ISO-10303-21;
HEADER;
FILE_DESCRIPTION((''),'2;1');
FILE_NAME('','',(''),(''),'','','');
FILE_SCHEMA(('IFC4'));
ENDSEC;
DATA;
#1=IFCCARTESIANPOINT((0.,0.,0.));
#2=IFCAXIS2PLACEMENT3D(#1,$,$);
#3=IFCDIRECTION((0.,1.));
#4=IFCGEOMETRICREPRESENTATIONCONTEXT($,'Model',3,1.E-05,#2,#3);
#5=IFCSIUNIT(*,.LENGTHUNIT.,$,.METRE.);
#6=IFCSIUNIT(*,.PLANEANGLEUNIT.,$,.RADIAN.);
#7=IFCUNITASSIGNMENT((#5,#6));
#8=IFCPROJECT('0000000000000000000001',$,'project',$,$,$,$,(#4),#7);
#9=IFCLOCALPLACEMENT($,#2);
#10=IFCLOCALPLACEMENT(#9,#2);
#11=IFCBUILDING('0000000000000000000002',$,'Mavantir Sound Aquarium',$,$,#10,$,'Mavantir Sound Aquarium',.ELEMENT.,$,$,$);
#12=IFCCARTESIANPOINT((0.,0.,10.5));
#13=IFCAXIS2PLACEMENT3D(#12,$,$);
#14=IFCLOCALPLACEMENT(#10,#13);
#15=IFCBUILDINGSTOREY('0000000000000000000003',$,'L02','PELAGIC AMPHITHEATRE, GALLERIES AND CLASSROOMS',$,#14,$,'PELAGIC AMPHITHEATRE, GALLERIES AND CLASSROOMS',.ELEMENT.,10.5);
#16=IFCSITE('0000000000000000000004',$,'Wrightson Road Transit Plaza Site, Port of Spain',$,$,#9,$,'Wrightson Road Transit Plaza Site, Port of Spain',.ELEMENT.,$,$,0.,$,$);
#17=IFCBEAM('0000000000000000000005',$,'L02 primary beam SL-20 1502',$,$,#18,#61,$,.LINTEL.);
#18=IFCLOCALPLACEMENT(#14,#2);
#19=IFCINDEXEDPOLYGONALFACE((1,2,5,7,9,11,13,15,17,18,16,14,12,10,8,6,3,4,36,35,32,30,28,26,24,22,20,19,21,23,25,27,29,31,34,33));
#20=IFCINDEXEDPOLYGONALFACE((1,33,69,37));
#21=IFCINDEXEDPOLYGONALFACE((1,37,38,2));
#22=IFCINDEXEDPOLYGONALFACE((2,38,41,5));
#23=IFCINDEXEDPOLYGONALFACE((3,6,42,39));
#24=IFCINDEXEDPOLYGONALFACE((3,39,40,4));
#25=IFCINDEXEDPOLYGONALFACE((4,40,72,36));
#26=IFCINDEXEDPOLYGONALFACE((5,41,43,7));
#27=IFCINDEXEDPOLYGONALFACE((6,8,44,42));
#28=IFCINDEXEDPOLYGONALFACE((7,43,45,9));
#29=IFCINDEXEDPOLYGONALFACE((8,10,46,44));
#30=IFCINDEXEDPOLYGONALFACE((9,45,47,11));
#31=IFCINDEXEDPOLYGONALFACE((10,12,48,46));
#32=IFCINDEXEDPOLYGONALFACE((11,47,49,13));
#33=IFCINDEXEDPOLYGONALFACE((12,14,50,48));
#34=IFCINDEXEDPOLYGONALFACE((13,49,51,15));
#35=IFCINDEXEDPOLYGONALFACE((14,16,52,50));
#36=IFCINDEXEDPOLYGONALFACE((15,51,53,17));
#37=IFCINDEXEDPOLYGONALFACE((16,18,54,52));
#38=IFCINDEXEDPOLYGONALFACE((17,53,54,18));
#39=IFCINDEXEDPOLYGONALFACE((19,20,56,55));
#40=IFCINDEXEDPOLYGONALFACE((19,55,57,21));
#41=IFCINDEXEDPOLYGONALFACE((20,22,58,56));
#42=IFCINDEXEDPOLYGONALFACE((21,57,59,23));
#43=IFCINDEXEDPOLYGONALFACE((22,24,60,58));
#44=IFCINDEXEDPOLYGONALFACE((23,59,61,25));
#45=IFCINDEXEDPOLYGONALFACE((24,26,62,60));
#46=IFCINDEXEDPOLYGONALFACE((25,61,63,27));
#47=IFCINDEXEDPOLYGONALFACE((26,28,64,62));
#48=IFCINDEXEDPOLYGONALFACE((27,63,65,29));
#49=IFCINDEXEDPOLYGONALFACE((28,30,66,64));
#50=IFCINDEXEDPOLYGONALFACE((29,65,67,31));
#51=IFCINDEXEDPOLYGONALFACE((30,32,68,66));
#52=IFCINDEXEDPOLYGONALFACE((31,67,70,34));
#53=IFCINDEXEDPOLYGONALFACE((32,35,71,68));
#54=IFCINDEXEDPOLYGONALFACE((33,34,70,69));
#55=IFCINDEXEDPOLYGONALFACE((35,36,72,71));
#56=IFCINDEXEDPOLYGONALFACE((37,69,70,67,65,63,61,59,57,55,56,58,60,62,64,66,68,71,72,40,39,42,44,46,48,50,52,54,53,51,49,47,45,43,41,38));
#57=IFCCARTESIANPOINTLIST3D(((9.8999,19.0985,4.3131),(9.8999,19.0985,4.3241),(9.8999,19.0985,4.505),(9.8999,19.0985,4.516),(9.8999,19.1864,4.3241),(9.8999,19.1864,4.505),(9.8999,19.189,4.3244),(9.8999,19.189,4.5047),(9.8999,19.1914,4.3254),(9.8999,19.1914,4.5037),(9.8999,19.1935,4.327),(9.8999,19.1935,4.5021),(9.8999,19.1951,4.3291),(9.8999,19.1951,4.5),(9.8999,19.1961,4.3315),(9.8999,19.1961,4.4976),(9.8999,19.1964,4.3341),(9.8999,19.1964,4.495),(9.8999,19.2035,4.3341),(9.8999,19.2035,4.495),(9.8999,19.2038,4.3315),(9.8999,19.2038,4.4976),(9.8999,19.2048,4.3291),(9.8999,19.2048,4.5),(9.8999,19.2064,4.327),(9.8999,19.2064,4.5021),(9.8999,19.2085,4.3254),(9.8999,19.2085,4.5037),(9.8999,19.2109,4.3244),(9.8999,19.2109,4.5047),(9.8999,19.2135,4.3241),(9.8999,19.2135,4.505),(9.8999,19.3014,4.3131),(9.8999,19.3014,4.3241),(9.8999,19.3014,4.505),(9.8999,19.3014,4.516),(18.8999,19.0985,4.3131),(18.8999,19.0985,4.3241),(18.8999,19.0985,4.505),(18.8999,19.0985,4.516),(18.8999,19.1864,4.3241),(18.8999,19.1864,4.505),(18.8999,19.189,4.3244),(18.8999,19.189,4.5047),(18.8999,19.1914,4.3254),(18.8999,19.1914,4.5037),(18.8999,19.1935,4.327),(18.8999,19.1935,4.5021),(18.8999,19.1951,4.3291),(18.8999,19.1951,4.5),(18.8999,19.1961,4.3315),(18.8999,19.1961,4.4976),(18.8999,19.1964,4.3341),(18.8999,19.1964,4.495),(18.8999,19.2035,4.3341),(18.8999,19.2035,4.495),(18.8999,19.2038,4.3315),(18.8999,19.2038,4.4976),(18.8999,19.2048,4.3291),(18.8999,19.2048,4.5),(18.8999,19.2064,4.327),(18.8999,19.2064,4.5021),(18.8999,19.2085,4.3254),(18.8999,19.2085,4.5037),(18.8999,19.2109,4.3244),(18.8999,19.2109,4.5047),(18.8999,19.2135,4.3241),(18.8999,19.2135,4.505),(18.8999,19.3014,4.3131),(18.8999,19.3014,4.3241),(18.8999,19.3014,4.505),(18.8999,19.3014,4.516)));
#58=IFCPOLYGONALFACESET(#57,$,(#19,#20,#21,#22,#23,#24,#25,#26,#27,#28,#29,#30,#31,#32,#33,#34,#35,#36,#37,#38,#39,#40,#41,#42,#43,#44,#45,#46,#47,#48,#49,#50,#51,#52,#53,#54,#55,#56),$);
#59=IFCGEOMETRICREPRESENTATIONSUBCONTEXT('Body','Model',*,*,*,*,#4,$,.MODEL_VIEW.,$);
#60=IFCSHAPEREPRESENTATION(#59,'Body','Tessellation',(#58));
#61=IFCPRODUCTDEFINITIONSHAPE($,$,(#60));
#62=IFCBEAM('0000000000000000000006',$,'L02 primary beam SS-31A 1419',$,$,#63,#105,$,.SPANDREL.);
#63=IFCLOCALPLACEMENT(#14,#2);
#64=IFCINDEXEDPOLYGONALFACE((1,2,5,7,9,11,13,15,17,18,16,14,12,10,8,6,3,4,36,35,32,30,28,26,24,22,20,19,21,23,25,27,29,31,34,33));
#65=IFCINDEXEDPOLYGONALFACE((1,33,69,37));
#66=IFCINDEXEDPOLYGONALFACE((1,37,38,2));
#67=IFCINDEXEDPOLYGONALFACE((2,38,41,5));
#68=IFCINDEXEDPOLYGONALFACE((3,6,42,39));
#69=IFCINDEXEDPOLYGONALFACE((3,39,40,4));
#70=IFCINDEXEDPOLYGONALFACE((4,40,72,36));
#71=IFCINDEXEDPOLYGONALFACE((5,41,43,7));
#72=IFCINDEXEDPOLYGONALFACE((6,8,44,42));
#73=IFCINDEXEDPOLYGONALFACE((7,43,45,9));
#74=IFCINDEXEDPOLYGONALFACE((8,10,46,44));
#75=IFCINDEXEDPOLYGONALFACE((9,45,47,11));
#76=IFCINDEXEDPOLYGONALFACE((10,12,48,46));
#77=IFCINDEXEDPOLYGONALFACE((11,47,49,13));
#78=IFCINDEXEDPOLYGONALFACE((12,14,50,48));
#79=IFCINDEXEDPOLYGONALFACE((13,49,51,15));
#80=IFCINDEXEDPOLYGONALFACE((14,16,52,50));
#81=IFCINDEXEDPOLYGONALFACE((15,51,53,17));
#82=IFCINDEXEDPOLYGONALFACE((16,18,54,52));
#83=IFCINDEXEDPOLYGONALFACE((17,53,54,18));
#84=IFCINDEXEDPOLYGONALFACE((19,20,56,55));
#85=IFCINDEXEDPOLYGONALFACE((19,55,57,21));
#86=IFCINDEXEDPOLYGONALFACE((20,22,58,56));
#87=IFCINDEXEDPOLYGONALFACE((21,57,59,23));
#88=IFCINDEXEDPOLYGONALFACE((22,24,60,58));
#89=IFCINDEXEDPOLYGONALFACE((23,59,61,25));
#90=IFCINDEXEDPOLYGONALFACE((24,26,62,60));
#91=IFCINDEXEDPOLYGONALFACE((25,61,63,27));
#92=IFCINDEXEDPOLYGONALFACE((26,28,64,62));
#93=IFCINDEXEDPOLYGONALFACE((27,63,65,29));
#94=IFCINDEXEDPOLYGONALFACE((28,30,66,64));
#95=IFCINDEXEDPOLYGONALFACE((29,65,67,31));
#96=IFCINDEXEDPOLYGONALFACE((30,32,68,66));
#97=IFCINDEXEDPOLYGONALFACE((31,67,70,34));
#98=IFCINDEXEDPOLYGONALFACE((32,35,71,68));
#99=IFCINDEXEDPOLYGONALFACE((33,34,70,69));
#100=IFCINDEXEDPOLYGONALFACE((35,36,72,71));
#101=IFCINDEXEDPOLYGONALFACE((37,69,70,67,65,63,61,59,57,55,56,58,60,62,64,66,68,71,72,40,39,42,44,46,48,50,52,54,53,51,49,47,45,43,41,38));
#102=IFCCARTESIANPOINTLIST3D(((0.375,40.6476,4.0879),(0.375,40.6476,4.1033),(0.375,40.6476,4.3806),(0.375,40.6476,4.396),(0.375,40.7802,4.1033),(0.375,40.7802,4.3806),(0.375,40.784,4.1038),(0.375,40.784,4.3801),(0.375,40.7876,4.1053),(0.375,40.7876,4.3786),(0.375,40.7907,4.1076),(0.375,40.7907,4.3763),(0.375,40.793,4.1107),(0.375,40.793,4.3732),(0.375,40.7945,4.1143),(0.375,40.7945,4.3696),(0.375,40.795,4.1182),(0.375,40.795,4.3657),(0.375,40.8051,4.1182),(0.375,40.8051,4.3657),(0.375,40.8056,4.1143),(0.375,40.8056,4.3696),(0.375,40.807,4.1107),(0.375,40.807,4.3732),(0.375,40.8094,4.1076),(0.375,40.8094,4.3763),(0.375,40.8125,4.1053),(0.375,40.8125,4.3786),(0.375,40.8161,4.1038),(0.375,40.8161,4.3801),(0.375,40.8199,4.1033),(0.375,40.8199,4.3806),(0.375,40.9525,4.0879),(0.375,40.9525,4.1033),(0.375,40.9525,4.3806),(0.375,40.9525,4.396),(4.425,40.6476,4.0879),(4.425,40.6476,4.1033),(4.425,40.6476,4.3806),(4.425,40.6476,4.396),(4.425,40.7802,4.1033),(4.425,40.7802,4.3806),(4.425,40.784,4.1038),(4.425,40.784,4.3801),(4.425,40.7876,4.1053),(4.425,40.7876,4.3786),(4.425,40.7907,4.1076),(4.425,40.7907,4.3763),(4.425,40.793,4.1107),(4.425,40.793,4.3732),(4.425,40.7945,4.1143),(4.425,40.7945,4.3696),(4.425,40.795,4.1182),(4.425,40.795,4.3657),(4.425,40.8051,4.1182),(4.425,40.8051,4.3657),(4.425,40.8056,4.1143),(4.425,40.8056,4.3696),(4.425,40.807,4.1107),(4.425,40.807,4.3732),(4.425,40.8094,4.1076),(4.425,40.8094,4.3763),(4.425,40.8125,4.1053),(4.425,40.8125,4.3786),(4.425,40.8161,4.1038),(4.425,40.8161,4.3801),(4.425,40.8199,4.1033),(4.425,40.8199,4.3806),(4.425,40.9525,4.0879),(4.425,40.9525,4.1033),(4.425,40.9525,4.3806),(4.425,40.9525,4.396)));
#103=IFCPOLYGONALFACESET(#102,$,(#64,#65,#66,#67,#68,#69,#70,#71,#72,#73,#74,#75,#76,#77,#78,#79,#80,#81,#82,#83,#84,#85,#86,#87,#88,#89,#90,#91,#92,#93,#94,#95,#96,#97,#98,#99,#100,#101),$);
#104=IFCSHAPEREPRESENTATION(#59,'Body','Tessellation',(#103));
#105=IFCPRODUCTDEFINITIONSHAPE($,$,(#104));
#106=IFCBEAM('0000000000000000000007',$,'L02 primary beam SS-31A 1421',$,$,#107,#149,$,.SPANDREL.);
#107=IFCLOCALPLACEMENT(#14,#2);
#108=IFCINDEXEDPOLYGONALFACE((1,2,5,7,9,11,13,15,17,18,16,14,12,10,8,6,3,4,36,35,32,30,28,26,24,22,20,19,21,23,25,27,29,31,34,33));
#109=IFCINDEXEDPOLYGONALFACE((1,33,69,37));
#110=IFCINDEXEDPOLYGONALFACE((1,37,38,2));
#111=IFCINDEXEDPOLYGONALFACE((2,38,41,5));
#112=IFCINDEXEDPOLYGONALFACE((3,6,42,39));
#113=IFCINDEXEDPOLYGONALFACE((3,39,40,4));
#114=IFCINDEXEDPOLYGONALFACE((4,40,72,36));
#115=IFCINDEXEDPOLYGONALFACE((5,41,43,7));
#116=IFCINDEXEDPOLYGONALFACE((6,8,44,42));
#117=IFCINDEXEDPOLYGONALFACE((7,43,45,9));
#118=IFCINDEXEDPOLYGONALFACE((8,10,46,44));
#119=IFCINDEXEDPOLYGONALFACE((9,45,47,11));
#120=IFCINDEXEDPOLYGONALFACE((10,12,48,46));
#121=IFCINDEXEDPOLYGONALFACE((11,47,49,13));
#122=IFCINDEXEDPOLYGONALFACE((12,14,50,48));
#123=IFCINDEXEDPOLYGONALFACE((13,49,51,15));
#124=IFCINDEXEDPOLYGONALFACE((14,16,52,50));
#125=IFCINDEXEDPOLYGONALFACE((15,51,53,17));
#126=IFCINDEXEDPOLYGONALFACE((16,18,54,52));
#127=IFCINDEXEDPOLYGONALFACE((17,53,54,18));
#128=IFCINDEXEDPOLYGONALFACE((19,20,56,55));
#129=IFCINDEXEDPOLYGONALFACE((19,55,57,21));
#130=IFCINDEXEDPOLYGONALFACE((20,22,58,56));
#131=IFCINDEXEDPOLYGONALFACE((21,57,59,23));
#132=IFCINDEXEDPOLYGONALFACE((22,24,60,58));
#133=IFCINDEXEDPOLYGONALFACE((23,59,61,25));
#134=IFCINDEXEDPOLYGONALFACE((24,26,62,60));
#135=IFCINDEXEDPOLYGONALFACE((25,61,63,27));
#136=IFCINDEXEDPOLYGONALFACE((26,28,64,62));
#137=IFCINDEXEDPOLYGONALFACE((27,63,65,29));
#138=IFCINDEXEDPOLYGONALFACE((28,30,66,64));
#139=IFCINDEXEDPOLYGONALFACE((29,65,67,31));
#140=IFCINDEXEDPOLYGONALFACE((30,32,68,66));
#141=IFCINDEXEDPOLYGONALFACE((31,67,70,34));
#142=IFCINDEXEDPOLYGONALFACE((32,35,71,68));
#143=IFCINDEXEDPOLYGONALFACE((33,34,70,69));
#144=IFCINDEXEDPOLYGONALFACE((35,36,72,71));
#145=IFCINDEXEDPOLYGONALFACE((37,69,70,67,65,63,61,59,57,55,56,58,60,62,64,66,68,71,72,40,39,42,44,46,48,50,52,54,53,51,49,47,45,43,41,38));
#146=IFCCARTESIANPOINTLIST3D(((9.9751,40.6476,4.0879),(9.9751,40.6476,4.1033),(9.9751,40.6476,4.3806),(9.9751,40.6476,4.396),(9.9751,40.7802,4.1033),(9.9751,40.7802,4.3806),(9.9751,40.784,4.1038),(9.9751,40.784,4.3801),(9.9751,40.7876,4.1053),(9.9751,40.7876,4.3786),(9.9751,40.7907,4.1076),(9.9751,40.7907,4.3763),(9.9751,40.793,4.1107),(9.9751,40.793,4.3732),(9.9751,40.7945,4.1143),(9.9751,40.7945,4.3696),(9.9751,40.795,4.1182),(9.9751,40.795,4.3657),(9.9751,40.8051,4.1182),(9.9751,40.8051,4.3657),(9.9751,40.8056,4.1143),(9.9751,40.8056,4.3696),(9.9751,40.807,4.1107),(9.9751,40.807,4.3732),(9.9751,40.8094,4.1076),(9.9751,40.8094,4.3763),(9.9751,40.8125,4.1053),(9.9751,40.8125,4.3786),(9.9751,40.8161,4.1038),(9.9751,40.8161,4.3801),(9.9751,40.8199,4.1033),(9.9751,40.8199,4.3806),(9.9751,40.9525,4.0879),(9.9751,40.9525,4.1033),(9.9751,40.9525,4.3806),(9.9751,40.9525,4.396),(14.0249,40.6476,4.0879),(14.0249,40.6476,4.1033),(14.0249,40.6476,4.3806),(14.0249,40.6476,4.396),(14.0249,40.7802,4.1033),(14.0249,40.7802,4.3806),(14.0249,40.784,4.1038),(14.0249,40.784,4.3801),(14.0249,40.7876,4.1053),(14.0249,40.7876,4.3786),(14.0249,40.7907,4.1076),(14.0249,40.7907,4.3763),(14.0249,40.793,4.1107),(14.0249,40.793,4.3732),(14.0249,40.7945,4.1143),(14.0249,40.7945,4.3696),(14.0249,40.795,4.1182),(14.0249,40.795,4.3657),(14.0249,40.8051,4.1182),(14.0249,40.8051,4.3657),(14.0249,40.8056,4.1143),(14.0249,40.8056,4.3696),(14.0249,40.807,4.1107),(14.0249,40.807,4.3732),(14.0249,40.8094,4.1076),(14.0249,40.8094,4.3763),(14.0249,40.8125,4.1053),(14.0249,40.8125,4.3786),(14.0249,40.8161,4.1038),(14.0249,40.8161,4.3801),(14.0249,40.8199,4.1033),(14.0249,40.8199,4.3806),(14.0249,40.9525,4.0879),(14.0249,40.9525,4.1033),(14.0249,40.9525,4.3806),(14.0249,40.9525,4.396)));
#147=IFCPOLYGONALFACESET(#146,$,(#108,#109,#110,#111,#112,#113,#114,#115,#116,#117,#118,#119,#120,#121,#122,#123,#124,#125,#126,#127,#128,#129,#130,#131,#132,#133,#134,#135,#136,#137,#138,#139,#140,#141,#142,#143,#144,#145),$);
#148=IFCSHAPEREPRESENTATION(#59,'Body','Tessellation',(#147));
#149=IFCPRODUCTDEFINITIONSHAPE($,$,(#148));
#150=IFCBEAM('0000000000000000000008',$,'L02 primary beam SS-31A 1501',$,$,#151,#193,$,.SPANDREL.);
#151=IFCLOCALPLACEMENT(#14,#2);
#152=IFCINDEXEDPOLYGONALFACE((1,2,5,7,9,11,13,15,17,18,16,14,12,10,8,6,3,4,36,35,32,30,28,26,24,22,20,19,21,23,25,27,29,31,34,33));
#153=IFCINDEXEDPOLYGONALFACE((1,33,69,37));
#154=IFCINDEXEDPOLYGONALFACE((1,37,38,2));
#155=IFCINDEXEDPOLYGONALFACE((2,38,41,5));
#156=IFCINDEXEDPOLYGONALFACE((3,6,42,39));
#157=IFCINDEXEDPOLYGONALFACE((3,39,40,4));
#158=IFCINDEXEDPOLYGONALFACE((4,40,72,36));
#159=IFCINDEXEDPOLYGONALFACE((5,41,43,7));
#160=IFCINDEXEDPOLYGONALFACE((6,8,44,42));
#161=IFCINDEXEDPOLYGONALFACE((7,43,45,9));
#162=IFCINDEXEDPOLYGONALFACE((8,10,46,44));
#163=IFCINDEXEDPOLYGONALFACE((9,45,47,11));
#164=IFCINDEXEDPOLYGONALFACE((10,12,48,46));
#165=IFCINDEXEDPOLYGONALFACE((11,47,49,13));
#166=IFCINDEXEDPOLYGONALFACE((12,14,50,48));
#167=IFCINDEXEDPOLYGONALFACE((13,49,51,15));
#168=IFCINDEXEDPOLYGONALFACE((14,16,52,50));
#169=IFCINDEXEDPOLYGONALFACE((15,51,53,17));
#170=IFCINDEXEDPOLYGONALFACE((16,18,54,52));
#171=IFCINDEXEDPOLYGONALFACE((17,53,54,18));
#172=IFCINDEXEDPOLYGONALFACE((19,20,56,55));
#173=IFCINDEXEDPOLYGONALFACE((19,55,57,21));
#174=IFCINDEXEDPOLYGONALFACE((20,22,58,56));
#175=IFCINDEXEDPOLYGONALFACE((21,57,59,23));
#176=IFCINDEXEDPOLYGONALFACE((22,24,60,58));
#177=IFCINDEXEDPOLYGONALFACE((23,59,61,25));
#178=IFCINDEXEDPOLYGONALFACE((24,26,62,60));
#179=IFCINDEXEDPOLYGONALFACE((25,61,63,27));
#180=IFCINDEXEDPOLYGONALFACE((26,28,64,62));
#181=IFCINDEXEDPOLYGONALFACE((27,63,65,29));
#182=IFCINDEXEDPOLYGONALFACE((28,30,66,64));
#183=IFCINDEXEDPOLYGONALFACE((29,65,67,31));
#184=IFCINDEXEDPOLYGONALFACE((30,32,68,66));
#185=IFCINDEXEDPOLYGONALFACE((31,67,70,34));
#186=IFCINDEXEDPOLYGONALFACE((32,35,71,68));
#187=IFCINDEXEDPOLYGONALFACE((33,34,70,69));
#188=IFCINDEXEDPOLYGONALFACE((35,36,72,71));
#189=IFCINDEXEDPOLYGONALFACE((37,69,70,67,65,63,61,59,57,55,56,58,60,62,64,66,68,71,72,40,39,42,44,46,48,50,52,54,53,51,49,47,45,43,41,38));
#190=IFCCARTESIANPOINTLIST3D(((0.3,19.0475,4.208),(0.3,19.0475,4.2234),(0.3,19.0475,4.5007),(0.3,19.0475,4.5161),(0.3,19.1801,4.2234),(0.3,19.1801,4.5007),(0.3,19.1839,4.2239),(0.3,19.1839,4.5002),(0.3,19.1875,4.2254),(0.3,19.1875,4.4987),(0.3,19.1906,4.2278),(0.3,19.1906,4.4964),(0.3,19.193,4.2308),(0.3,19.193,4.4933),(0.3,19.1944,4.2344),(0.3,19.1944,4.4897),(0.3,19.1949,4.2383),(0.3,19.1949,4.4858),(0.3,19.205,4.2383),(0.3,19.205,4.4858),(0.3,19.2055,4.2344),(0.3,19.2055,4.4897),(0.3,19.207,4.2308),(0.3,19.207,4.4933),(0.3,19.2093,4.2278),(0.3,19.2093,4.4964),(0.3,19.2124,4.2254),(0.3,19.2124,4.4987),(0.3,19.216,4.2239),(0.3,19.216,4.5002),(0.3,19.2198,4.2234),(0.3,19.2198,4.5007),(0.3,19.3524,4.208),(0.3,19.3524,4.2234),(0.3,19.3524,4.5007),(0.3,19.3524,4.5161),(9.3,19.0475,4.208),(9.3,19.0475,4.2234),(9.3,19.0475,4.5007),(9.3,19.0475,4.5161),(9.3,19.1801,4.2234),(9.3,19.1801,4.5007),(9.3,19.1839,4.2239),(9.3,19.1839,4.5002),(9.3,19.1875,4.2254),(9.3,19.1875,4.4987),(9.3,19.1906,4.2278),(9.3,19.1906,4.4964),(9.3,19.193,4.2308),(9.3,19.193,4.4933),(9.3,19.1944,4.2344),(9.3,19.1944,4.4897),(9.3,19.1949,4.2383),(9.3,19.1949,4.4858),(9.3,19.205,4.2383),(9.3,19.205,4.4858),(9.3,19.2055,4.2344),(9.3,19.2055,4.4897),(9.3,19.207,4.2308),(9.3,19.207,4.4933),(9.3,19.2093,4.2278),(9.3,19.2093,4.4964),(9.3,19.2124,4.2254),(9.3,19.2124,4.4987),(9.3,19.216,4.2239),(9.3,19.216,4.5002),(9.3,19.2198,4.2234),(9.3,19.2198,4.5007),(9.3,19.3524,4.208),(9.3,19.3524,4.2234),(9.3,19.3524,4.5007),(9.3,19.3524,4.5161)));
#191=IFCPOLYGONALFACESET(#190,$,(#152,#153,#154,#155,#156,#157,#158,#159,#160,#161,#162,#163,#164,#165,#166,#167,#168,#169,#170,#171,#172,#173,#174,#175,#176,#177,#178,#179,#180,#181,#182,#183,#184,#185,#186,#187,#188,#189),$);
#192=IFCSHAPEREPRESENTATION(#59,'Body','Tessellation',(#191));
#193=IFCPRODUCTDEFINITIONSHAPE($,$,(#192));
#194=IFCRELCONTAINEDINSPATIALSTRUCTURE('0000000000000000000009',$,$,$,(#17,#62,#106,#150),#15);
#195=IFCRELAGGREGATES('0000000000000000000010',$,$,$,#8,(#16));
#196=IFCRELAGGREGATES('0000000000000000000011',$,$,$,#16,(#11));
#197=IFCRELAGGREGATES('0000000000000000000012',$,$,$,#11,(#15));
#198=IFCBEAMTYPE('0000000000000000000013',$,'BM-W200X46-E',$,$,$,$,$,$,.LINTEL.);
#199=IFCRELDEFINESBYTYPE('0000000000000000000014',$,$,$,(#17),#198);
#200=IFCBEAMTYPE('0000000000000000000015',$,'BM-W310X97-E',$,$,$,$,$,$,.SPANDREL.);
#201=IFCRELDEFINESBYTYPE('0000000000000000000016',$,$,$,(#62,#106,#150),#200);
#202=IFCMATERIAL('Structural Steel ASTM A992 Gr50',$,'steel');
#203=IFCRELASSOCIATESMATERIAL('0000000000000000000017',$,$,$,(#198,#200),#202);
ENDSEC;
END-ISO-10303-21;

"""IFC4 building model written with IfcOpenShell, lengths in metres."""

from ifc_helpers import new_model, si_unit, direction, frame, origin, origin_2d, place, context, subcontext, project, spatial, i_section, extrude, material, material_profile, profile_set, type_object, element, save


model = new_model("IFC4")

# Units and contexts
model_context = context("Model", 3, precision=1e-05, world=origin(), true_north=direction((0.0, 1.0)))
body_context = subcontext(model_context, "Body", "Model", "MODEL_VIEW")
ifc_project = project(units=[si_unit("LENGTHUNIT", "METRE"), si_unit("PLANEANGLEUNIT", "RADIAN")], contexts=[model_context])

# Site, building, storey
site_placement = place(None, origin())
site = spatial("IfcSite", under=ifc_project, at=site_placement, Name="Wrightson Road Transit Plaza Site, Port of Spain", LongName="Wrightson Road Transit Plaza Site, Port of Spain", CompositionType="ELEMENT", RefElevation=0.0)
building_placement = place(site_placement, origin())
building = spatial("IfcBuilding", under=site, at=building_placement, Name="Mavantir Sound Aquarium", LongName="Mavantir Sound Aquarium", CompositionType="ELEMENT")
storey_placement = place(building_placement, frame((0.0, 0.0, 10.5)))
storey = spatial("IfcBuildingStorey", under=building, at=storey_placement, Name="L02", Description="PELAGIC AMPHITHEATRE, GALLERIES AND CLASSROOMS", LongName="PELAGIC AMPHITHEATRE, GALLERIES AND CLASSROOMS", CompositionType="ELEMENT", Elevation=10.5)

# Beams
ifc_material_1 = material(Name="Structural Steel ASTM A992 Gr50", Category="steel")
ifc_material_profile_1 = material_profile(ifc_material_1, i_section(OverallWidth=0.2029, OverallDepth=0.2029, WebThickness=0.0071, FlangeThickness=0.011, FilletRadius=0.01, at=origin_2d()), Name="W200X46")
ifc_profile_set_1 = profile_set([ifc_material_profile_1], Name="Structural Steel ASTM A992 Gr50")
beam_type_1 = type_object("IfcBeamType", Name="BM-W200X46-E", PredefinedType="LINTEL", material=ifc_profile_set_1)
beam_1_placement = place(storey_placement, frame((9.8999, 19.2, 4.4146), z_axis=(1.0, 0.0, 0.0), x_axis=(0.0, 1.0, 0.0)))
element("IfcBeam", 1, at=beam_1_placement, inside=storey, type_object=beam_type_1, Name="L02 primary beam SL-20 1502", PredefinedType="LINTEL", context=body_context, shape_type="SweptSolid", body=[
    extrude(i_section(OverallWidth=0.2029, OverallDepth=0.2029, WebThickness=0.0071, FlangeThickness=0.011, FilletRadius=0.01, at=origin_2d()), origin(), (0.0, 0.0, 1.0), 9.0),
])
ifc_material_profile_2 = material_profile(ifc_material_1, i_section(OverallWidth=0.3049, OverallDepth=0.3081, WebThickness=0.01, FlangeThickness=0.0154, FilletRadius=0.0149, at=origin_2d()), Name="W310X97")
ifc_profile_set_2 = profile_set([ifc_material_profile_2], Name="Structural Steel ASTM A992 Gr50")
beam_type_2 = type_object("IfcBeamType", Name="BM-W310X97-E", PredefinedType="SPANDREL", material=ifc_profile_set_2)
beam_2_placement = place(storey_placement, frame((0.375, 40.8, 4.2419), z_axis=(1.0, 0.0, 0.0), x_axis=(0.0, 1.0, 0.0)))
element("IfcBeam", 2, at=beam_2_placement, inside=storey, type_object=beam_type_2, Name="L02 primary beam SS-31A 1419", PredefinedType="SPANDREL", context=body_context, shape_type="SweptSolid", body=[
    extrude(i_section(OverallWidth=0.3049, OverallDepth=0.3081, WebThickness=0.01, FlangeThickness=0.0154, FilletRadius=0.0149, at=origin_2d()), origin(), (0.0, 0.0, 1.0), 4.05),
])
beam_3_placement = place(storey_placement, frame((9.9751, 40.8, 4.2419), z_axis=(1.0, 0.0, 0.0), x_axis=(0.0, 1.0, 0.0)))
element("IfcBeam", 3, at=beam_3_placement, inside=storey, type_object=beam_type_2, Name="L02 primary beam SS-31A 1421", PredefinedType="SPANDREL", context=body_context, shape_type="SweptSolid", body=[
    extrude(i_section(OverallWidth=0.3049, OverallDepth=0.3081, WebThickness=0.01, FlangeThickness=0.0154, FilletRadius=0.0149, at=origin_2d()), origin(), (0.0, 0.0, 1.0), 4.0498),
])
beam_4_placement = place(storey_placement, frame((0.3, 19.2, 4.3621), z_axis=(1.0, 0.0, 0.0), x_axis=(0.0, 1.0, 0.0)))
element("IfcBeam", 4, at=beam_4_placement, inside=storey, type_object=beam_type_2, Name="L02 primary beam SS-31A 1501", PredefinedType="SPANDREL", context=body_context, shape_type="SweptSolid", body=[
    extrude(i_section(OverallWidth=0.3049, OverallDepth=0.3081, WebThickness=0.01, FlangeThickness=0.0154, FilletRadius=0.0149, at=origin_2d()), origin(), (0.0, 0.0, 1.0), 9.0),
])

save(model, "model.ifc")
